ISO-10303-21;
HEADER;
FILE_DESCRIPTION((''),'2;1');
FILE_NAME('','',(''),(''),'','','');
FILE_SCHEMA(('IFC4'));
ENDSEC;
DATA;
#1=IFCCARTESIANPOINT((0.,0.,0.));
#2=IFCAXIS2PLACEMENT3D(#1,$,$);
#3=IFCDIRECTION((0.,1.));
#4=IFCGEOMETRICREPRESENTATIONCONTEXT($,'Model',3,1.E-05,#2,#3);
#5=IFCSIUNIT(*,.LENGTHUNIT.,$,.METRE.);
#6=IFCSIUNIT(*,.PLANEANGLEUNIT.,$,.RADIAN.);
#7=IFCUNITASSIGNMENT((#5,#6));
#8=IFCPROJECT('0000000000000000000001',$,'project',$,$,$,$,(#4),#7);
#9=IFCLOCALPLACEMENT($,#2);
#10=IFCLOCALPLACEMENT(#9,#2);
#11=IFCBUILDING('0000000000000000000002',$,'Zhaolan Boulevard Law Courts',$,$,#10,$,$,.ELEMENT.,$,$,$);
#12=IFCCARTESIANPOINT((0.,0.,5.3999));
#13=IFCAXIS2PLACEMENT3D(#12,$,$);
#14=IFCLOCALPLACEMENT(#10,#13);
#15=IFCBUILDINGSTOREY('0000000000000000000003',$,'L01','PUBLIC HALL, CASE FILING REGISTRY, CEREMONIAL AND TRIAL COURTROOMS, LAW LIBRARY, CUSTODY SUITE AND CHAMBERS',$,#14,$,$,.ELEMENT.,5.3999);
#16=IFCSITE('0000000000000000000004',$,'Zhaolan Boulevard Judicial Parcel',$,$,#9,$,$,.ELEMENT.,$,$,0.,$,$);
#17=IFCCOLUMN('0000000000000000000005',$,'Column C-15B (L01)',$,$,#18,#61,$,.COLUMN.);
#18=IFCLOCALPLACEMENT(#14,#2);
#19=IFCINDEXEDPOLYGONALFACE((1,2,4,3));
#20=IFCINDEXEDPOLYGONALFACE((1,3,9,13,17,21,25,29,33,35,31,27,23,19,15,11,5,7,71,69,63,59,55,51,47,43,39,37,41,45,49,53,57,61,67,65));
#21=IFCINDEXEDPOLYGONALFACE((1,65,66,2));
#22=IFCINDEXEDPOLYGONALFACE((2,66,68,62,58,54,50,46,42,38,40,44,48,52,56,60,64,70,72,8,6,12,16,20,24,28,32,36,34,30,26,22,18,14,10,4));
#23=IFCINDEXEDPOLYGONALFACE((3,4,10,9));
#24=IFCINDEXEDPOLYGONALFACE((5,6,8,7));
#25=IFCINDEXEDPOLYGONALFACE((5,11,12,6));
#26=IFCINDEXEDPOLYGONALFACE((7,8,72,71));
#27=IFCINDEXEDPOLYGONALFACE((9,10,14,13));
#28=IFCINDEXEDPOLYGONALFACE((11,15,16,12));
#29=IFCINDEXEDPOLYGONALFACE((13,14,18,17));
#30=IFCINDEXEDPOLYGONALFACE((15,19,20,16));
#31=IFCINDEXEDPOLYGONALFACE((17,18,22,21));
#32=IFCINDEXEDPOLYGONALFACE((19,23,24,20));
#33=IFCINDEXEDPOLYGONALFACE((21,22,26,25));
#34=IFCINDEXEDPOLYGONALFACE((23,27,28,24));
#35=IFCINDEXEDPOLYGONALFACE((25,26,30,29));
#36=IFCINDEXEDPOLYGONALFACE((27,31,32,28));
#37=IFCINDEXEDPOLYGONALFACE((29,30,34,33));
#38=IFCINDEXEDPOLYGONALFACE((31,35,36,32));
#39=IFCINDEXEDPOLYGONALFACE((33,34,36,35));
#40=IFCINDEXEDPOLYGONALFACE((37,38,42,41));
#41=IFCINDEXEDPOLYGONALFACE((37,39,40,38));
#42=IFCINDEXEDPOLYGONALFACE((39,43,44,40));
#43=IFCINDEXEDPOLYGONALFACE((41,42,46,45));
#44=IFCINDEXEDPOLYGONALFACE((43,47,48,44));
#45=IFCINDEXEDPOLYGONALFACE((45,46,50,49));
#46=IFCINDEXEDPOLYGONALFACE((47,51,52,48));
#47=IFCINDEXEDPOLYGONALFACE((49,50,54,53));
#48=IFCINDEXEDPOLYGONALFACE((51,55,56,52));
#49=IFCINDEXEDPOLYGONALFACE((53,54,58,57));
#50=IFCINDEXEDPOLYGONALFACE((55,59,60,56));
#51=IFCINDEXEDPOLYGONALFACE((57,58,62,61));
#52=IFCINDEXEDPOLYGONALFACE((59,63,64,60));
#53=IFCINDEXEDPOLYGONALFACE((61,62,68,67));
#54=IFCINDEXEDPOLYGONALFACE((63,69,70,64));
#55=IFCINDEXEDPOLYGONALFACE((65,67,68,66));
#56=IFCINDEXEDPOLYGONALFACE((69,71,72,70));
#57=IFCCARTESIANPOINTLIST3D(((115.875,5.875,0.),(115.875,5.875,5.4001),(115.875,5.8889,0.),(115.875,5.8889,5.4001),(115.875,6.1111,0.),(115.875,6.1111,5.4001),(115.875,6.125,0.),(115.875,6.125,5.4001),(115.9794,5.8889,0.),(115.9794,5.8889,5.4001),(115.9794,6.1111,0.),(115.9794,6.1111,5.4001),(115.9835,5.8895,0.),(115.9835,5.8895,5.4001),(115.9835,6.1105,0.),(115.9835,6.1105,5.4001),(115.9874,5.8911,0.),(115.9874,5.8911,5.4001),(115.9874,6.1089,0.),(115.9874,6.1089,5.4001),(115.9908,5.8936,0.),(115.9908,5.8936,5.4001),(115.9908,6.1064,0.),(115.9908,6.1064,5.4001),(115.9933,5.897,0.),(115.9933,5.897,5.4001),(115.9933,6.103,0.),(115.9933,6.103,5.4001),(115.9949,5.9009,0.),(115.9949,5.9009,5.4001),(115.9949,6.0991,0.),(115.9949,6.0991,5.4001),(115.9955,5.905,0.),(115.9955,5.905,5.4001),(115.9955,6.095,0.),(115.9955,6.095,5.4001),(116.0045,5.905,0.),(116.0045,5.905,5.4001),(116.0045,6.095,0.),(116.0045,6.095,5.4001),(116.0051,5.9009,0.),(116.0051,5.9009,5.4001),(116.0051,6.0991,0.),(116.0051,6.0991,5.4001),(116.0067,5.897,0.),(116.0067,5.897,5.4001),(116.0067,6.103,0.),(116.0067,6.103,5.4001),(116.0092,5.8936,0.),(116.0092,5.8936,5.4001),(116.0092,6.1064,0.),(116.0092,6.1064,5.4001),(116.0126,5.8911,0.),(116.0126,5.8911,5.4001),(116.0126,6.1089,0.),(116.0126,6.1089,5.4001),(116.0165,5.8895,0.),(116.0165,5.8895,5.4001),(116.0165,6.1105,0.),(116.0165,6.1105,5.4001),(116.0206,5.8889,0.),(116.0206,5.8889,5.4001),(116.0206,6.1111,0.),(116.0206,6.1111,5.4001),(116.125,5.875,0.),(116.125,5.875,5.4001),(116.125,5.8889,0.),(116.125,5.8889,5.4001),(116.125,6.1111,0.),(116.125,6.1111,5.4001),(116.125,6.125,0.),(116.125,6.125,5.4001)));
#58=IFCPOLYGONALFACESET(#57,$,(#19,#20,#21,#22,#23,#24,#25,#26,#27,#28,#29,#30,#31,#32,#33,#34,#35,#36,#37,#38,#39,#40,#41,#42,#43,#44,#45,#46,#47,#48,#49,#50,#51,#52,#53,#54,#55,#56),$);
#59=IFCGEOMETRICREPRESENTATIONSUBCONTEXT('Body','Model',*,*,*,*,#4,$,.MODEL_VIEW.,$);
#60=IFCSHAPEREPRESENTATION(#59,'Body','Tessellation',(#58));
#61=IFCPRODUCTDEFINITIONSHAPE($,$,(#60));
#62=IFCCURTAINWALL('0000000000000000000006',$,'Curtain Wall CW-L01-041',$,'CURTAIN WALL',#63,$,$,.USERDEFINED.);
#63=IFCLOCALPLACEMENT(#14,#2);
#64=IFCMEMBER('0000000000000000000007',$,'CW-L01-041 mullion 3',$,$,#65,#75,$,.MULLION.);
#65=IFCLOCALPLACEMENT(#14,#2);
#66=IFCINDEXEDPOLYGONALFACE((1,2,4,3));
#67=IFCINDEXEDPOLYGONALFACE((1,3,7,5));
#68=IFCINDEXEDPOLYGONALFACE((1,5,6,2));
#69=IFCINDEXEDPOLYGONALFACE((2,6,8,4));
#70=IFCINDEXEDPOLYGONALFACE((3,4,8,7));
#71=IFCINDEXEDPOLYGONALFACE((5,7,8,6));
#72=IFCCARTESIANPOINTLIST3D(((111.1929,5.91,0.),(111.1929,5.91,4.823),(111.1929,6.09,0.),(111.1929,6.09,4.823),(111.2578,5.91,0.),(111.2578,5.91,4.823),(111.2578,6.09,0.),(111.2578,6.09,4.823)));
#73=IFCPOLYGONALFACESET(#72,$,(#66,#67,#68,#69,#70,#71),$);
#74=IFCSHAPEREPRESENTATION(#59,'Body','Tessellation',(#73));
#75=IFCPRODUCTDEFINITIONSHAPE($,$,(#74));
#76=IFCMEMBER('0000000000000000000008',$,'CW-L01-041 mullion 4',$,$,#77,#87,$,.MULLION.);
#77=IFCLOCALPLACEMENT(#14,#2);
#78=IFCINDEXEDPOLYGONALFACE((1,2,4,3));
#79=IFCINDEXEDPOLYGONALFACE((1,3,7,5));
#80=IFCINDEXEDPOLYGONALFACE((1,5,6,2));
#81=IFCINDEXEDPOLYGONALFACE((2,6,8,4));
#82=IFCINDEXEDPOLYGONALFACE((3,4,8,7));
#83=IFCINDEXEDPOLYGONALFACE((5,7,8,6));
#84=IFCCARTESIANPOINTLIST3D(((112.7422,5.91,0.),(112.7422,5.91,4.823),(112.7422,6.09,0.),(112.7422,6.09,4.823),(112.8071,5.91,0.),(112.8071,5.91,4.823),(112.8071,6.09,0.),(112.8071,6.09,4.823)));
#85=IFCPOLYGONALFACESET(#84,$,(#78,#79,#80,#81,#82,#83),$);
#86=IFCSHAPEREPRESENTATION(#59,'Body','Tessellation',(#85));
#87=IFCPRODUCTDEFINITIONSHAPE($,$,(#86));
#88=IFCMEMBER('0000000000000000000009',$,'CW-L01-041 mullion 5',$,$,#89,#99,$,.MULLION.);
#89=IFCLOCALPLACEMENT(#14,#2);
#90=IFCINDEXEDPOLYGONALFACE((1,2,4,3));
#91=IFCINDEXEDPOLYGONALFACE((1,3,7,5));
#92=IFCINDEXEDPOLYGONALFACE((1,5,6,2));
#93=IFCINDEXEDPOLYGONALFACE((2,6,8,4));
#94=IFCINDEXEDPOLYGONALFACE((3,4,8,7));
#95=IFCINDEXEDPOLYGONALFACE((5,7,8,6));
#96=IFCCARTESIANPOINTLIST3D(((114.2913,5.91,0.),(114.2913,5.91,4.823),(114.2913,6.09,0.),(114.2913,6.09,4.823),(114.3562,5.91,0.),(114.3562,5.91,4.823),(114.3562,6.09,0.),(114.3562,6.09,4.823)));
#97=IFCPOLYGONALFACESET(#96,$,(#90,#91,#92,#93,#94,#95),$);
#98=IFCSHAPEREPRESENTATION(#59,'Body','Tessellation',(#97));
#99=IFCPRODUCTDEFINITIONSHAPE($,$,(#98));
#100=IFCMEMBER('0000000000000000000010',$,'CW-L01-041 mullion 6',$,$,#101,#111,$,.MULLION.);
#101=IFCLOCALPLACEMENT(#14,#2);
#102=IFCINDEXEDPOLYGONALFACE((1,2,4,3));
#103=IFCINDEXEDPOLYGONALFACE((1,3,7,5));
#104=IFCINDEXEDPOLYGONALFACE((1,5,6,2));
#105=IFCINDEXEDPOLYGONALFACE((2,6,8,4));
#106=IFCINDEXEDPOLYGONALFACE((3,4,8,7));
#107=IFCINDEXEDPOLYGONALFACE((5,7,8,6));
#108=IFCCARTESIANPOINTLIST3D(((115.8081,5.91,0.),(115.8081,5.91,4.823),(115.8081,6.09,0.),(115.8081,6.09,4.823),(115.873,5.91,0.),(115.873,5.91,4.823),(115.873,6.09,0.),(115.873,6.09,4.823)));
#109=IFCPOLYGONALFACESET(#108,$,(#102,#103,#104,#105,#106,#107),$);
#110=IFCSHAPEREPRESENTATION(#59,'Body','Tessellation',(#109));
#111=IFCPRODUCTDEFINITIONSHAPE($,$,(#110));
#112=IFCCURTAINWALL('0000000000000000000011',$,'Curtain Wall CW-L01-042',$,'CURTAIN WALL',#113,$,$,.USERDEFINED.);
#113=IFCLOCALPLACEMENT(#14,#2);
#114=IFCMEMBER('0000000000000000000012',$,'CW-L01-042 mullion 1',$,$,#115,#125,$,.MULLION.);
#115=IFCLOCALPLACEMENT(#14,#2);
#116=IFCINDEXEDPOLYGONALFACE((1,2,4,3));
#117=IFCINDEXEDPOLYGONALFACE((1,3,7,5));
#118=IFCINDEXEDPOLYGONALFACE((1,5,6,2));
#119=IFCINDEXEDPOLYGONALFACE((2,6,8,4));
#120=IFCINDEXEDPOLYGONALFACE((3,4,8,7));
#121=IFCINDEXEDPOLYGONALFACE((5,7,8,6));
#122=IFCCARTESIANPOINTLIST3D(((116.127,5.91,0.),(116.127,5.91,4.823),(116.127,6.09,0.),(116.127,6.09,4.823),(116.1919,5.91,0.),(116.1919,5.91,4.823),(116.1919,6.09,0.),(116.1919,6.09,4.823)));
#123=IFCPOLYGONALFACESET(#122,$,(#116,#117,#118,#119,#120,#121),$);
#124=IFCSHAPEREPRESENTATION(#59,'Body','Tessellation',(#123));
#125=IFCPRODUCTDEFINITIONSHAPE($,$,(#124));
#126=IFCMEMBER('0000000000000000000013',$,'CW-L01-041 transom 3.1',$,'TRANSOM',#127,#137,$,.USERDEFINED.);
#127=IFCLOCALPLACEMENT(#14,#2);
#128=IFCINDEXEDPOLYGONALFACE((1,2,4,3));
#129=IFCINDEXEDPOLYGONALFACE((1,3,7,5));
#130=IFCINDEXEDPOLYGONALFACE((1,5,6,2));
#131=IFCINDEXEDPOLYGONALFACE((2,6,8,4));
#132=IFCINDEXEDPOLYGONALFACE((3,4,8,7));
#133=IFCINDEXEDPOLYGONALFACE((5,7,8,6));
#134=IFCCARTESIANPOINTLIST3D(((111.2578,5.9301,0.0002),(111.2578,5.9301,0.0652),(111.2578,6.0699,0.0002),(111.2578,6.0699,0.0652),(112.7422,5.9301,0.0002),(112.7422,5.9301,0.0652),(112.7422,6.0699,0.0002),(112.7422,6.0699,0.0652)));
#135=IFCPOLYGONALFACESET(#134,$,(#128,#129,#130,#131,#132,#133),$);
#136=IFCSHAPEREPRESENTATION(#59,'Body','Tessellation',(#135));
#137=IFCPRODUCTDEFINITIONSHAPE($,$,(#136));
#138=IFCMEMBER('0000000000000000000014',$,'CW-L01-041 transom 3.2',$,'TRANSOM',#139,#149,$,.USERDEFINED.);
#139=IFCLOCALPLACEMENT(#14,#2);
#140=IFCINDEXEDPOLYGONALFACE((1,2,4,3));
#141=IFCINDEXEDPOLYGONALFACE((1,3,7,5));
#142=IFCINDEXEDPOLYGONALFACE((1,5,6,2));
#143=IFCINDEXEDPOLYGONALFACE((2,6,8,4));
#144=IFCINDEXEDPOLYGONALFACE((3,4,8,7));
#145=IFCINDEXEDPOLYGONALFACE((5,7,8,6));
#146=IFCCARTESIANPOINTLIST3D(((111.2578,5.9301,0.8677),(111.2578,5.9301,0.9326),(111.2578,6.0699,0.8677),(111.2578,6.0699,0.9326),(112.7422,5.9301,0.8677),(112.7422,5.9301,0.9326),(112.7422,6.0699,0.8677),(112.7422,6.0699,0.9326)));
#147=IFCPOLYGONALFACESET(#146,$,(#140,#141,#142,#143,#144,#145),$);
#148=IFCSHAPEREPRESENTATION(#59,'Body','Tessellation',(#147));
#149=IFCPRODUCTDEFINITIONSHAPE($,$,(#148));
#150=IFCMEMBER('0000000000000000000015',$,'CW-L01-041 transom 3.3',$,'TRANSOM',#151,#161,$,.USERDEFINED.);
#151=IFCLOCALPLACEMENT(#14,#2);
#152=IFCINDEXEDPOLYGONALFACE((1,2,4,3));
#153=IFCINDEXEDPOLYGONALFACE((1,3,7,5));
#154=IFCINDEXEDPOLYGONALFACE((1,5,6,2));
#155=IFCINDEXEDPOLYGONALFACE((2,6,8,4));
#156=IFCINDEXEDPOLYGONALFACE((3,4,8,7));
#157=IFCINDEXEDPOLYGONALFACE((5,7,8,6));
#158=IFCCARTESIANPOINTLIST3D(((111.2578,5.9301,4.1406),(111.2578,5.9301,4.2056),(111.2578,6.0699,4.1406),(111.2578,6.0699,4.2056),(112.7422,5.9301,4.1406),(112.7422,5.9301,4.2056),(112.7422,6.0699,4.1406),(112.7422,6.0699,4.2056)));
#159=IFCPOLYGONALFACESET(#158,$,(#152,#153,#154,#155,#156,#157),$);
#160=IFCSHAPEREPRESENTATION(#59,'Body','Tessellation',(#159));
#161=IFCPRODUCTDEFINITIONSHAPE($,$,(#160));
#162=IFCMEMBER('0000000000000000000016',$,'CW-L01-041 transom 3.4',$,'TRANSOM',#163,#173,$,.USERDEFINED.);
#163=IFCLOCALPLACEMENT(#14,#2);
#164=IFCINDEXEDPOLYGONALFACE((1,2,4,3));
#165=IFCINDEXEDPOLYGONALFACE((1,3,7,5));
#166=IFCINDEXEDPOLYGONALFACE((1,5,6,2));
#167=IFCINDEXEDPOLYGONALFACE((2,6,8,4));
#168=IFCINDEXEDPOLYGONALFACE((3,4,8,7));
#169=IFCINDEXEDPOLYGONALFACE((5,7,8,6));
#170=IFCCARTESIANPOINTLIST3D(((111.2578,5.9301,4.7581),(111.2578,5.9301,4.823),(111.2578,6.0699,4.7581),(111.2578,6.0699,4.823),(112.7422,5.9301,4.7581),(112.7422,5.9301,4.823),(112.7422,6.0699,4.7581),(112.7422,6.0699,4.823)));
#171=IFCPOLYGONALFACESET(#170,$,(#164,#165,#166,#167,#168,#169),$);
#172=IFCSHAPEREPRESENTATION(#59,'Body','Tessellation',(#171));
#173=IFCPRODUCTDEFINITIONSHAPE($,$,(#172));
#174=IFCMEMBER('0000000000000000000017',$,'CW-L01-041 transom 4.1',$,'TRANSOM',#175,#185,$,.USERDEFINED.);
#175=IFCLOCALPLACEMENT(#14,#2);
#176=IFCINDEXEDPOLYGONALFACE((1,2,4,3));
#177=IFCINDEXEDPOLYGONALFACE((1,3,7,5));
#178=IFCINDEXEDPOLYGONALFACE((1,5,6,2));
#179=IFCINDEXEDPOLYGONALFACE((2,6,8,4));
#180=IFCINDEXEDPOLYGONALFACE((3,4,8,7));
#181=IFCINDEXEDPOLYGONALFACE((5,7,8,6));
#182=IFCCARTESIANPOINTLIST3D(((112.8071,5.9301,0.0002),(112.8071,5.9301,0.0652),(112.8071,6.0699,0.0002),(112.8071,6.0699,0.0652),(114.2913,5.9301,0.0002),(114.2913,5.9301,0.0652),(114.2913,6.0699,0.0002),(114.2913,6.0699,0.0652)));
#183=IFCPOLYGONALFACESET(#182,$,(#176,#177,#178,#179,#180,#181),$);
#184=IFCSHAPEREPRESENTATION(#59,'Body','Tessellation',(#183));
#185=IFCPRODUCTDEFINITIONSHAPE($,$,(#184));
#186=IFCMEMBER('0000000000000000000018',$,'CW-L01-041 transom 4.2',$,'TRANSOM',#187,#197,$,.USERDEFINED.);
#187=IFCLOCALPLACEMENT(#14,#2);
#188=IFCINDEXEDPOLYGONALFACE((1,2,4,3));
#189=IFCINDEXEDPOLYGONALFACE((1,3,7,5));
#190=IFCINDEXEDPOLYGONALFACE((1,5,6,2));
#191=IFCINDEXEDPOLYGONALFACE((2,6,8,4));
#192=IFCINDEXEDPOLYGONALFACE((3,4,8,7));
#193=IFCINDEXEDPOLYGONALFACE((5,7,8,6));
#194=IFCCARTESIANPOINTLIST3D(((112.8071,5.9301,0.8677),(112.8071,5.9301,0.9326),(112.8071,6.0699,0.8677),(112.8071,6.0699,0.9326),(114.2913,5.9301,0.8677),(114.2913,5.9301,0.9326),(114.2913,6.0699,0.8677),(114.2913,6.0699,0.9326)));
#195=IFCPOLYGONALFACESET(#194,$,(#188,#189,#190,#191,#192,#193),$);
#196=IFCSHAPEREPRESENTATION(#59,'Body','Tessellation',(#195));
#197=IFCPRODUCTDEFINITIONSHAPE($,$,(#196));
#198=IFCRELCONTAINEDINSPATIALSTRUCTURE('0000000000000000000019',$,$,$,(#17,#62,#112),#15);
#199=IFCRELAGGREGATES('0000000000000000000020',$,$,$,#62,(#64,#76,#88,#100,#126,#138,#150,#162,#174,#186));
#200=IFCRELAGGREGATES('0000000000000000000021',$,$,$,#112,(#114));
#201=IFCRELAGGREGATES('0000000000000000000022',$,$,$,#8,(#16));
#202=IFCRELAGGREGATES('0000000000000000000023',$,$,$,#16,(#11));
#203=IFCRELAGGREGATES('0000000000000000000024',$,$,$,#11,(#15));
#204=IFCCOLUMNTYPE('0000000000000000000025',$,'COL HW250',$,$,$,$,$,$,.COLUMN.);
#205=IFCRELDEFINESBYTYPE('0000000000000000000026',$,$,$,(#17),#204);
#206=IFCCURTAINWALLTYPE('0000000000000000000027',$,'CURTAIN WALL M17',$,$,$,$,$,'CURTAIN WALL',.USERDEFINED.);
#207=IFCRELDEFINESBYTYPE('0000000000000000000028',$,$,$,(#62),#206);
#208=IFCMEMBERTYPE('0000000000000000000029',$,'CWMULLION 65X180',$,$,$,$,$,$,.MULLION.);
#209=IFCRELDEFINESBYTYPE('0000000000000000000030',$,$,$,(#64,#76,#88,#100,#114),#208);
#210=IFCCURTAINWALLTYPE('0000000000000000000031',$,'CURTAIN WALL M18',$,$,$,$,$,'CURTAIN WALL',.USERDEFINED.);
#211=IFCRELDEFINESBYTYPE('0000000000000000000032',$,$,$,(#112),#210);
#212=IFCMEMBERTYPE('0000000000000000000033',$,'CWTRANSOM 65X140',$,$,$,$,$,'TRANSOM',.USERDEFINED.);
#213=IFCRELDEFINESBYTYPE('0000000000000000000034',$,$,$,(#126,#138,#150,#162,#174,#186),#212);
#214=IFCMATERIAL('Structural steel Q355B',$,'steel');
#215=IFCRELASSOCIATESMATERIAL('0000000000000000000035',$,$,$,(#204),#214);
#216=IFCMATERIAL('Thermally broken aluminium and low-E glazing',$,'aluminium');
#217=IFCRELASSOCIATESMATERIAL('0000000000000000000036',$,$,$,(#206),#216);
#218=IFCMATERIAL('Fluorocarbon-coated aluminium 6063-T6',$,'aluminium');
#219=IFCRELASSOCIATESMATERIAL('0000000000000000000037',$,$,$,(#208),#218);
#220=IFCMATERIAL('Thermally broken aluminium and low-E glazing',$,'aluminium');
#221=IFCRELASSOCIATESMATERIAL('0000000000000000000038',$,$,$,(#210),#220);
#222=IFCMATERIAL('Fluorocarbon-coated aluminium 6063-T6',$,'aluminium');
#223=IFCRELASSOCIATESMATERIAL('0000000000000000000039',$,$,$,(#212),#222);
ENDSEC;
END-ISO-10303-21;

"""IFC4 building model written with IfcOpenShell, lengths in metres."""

from ifc_helpers import new_model, si_unit, direction, frame, origin, origin_2d, place, context, subcontext, project, spatial, rectangle, i_section, extrude, material, material_profile, profile_set, type_object, element, aggregate, save


model = new_model("IFC4")

# Units and contexts
model_context = context("Model", 3, precision=1e-05, world=origin(), true_north=direction((0.0, 1.0)))
body_context = subcontext(model_context, "Body", "Model", "MODEL_VIEW")
ifc_project = project(units=[si_unit("LENGTHUNIT", "METRE"), si_unit("PLANEANGLEUNIT", "RADIAN")], contexts=[model_context])

# Site, building, storey
site_placement = place(None, origin())
site = spatial("IfcSite", under=ifc_project, at=site_placement, Name="Zhaolan Boulevard Judicial Parcel", CompositionType="ELEMENT", RefElevation=0.0)
building_placement = place(site_placement, origin())
building = spatial("IfcBuilding", under=site, at=building_placement, Name="Zhaolan Boulevard Law Courts", CompositionType="ELEMENT")
storey_placement = place(building_placement, frame((0.0, 0.0, 5.3999)))
storey = spatial("IfcBuildingStorey", under=building, at=storey_placement, Name="L01", Description="PUBLIC HALL, CASE FILING REGISTRY, CEREMONIAL AND TRIAL COURTROOMS, LAW LIBRARY, CUSTODY SUITE AND CHAMBERS", CompositionType="ELEMENT", Elevation=5.3999)

# Column
ifc_material_1 = material(Name="Structural steel Q355B", Category="steel")
ifc_material_profile_1 = material_profile(ifc_material_1, i_section(OverallWidth=0.25, OverallDepth=0.25, WebThickness=0.009, FlangeThickness=0.0139, FilletRadius=0.0161, at=origin_2d()), Name="HW250x250")
ifc_profile_set_1 = profile_set([ifc_material_profile_1], Name="Structural steel Q355B")
column_type = type_object("IfcColumnType", Name="COL HW250", PredefinedType="COLUMN", material=ifc_profile_set_1)
column_placement = place(storey_placement, frame((116.0, 6.0, 0.0), z_axis=(0.0, 0.0, 1.0), x_axis=(1.0, 0.0, 0.0)))
element("IfcColumn", 1, at=column_placement, inside=storey, type_object=column_type, Name="Column C-15B (L01)", PredefinedType="COLUMN", context=body_context, shape_type="SweptSolid", body=[
    extrude(i_section(OverallWidth=0.25, OverallDepth=0.25, WebThickness=0.009, FlangeThickness=0.0139, FilletRadius=0.0161, at=origin_2d()), origin(), (0.0, 0.0, 1.0), 5.4001),
])

# Curtain wall, members
ifc_material_2 = material(Name="Thermally broken aluminium and low-E glazing", Category="aluminium")
curtain_wall_type_1 = type_object("IfcCurtainWallType", Name="CURTAIN WALL M17", ElementType="CURTAIN WALL", PredefinedType="USERDEFINED", material=ifc_material_2)
curtain_wall_1_placement = place(storey_placement, origin())
curtain_wall_1 = element("IfcCurtainWall", 2, at=curtain_wall_1_placement, inside=storey, type_object=curtain_wall_type_1, Name="Curtain Wall CW-L01-041", ObjectType="CURTAIN WALL", PredefinedType="USERDEFINED")
ifc_material_3 = material(Name="Fluorocarbon-coated aluminium 6063-T6", Category="aluminium")
ifc_material_profile_2 = material_profile(ifc_material_3, rectangle(XDim=0.1799, YDim=0.0649, at=origin_2d()), Name="AL65x180")
ifc_profile_set_2 = profile_set([ifc_material_profile_2], Name="Fluorocarbon-coated aluminium 6063-T6")
member_type_1 = type_object("IfcMemberType", Name="CWMULLION 65X180", PredefinedType="MULLION", material=ifc_profile_set_2)
member_1_placement = place(storey_placement, frame((111.2253, 6.0, 0.0), z_axis=(0.0, 0.0, 1.0), x_axis=(0.0, 1.0, 0.0)))
member_1 = element("IfcMember", 3, at=member_1_placement, type_object=member_type_1, Name="CW-L01-041 mullion 3", PredefinedType="MULLION", context=body_context, shape_type="SweptSolid", body=[
    extrude(rectangle(XDim=0.1799, YDim=0.0649, at=origin_2d()), origin(), (0.0, 0.0, 1.0), 4.823),
])
member_2_placement = place(storey_placement, frame((112.7747, 6.0, 0.0), z_axis=(0.0, 0.0, 1.0), x_axis=(0.0, 1.0, 0.0)))
member_2 = element("IfcMember", 4, at=member_2_placement, type_object=member_type_1, Name="CW-L01-041 mullion 4", PredefinedType="MULLION", context=body_context, shape_type="SweptSolid", body=[
    extrude(rectangle(XDim=0.1799, YDim=0.0649, at=origin_2d()), origin(), (0.0, 0.0, 1.0), 4.823),
])
member_3_placement = place(storey_placement, frame((114.3237, 6.0, 0.0), z_axis=(0.0, 0.0, 1.0), x_axis=(0.0, 1.0, 0.0)))
member_3 = element("IfcMember", 5, at=member_3_placement, type_object=member_type_1, Name="CW-L01-041 mullion 5", PredefinedType="MULLION", context=body_context, shape_type="SweptSolid", body=[
    extrude(rectangle(XDim=0.1799, YDim=0.0649, at=origin_2d()), origin(), (0.0, 0.0, 1.0), 4.823),
])
member_4_placement = place(storey_placement, frame((115.8406, 6.0, 0.0), z_axis=(0.0, 0.0, 1.0), x_axis=(0.0, 1.0, 0.0)))
member_4 = element("IfcMember", 6, at=member_4_placement, type_object=member_type_1, Name="CW-L01-041 mullion 6", PredefinedType="MULLION", context=body_context, shape_type="SweptSolid", body=[
    extrude(rectangle(XDim=0.1799, YDim=0.0649, at=origin_2d()), origin(), (0.0, 0.0, 1.0), 4.823),
])

# Curtain wall, member
ifc_material_4 = material(Name="Thermally broken aluminium and low-E glazing", Category="aluminium")
curtain_wall_type_2 = type_object("IfcCurtainWallType", Name="CURTAIN WALL M18", ElementType="CURTAIN WALL", PredefinedType="USERDEFINED", material=ifc_material_4)
curtain_wall_2_placement = place(storey_placement, origin())
curtain_wall_2 = element("IfcCurtainWall", 7, at=curtain_wall_2_placement, inside=storey, type_object=curtain_wall_type_2, Name="Curtain Wall CW-L01-042", ObjectType="CURTAIN WALL", PredefinedType="USERDEFINED")
member_5_placement = place(storey_placement, frame((116.1594, 6.0, 0.0), z_axis=(0.0, 0.0, 1.0), x_axis=(0.0, 1.0, 0.0)))
member_5 = element("IfcMember", 8, at=member_5_placement, type_object=member_type_1, Name="CW-L01-042 mullion 1", PredefinedType="MULLION", context=body_context, shape_type="SweptSolid", body=[
    extrude(rectangle(XDim=0.1799, YDim=0.0649, at=origin_2d()), origin(), (0.0, 0.0, 1.0), 4.823),
])

# Members
ifc_material_5 = material(Name="Fluorocarbon-coated aluminium 6063-T6", Category="aluminium")
ifc_material_profile_3 = material_profile(ifc_material_5, rectangle(XDim=0.1399, YDim=0.0649, at=origin_2d()), Name="AL65x140")
ifc_profile_set_3 = profile_set([ifc_material_profile_3], Name="Fluorocarbon-coated aluminium 6063-T6")
member_type_2 = type_object("IfcMemberType", Name="CWTRANSOM 65X140", ElementType="TRANSOM", PredefinedType="USERDEFINED", material=ifc_profile_set_3)
member_6_placement = place(storey_placement, frame((111.2578, 6.0, 0.0327), z_axis=(1.0, 0.0, 0.0), x_axis=(0.0, 1.0, 0.0)))
member_6 = element("IfcMember", 9, at=member_6_placement, type_object=member_type_2, Name="CW-L01-041 transom 3.1", ObjectType="TRANSOM", PredefinedType="USERDEFINED", context=body_context, shape_type="SweptSolid", body=[
    extrude(rectangle(XDim=0.1399, YDim=0.0649, at=origin_2d()), origin(), (0.0, 0.0, 1.0), 1.4844),
])
member_7_placement = place(storey_placement, frame((111.2578, 6.0, 0.9001), z_axis=(1.0, 0.0, 0.0), x_axis=(0.0, 1.0, 0.0)))
member_7 = element("IfcMember", 10, at=member_7_placement, type_object=member_type_2, Name="CW-L01-041 transom 3.2", ObjectType="TRANSOM", PredefinedType="USERDEFINED", context=body_context, shape_type="SweptSolid", body=[
    extrude(rectangle(XDim=0.1399, YDim=0.0649, at=origin_2d()), origin(), (0.0, 0.0, 1.0), 1.4844),
])
member_8_placement = place(storey_placement, frame((111.2578, 6.0, 4.1731), z_axis=(1.0, 0.0, 0.0), x_axis=(0.0, 1.0, 0.0)))
member_8 = element("IfcMember", 11, at=member_8_placement, type_object=member_type_2, Name="CW-L01-041 transom 3.3", ObjectType="TRANSOM", PredefinedType="USERDEFINED", context=body_context, shape_type="SweptSolid", body=[
    extrude(rectangle(XDim=0.1399, YDim=0.0649, at=origin_2d()), origin(), (0.0, 0.0, 1.0), 1.4844),
])
member_9_placement = place(storey_placement, frame((111.2578, 6.0, 4.7905), z_axis=(1.0, 0.0, 0.0), x_axis=(0.0, 1.0, 0.0)))
member_9 = element("IfcMember", 12, at=member_9_placement, type_object=member_type_2, Name="CW-L01-041 transom 3.4", ObjectType="TRANSOM", PredefinedType="USERDEFINED", context=body_context, shape_type="SweptSolid", body=[
    extrude(rectangle(XDim=0.1399, YDim=0.0649, at=origin_2d()), origin(), (0.0, 0.0, 1.0), 1.4844),
])
member_10_placement = place(storey_placement, frame((112.8071, 6.0, 0.0327), z_axis=(1.0, 0.0, 0.0), x_axis=(0.0, 1.0, 0.0)))
member_10 = element("IfcMember", 13, at=member_10_placement, type_object=member_type_2, Name="CW-L01-041 transom 4.1", ObjectType="TRANSOM", PredefinedType="USERDEFINED", context=body_context, shape_type="SweptSolid", body=[
    extrude(rectangle(XDim=0.1399, YDim=0.0649, at=origin_2d()), origin(), (0.0, 0.0, 1.0), 1.4841),
])
member_11_placement = place(storey_placement, frame((112.8071, 6.0, 0.9001), z_axis=(1.0, 0.0, 0.0), x_axis=(0.0, 1.0, 0.0)))
member_11 = element("IfcMember", 14, at=member_11_placement, type_object=member_type_2, Name="CW-L01-041 transom 4.2", ObjectType="TRANSOM", PredefinedType="USERDEFINED", context=body_context, shape_type="SweptSolid", body=[
    extrude(rectangle(XDim=0.1399, YDim=0.0649, at=origin_2d()), origin(), (0.0, 0.0, 1.0), 1.4841),
])

aggregate(curtain_wall_1, [member_1, member_2, member_3, member_4, member_6, member_7, member_8, member_9, member_10, member_11])
aggregate(curtain_wall_2, [member_5])

save(model, "model.ifc")
